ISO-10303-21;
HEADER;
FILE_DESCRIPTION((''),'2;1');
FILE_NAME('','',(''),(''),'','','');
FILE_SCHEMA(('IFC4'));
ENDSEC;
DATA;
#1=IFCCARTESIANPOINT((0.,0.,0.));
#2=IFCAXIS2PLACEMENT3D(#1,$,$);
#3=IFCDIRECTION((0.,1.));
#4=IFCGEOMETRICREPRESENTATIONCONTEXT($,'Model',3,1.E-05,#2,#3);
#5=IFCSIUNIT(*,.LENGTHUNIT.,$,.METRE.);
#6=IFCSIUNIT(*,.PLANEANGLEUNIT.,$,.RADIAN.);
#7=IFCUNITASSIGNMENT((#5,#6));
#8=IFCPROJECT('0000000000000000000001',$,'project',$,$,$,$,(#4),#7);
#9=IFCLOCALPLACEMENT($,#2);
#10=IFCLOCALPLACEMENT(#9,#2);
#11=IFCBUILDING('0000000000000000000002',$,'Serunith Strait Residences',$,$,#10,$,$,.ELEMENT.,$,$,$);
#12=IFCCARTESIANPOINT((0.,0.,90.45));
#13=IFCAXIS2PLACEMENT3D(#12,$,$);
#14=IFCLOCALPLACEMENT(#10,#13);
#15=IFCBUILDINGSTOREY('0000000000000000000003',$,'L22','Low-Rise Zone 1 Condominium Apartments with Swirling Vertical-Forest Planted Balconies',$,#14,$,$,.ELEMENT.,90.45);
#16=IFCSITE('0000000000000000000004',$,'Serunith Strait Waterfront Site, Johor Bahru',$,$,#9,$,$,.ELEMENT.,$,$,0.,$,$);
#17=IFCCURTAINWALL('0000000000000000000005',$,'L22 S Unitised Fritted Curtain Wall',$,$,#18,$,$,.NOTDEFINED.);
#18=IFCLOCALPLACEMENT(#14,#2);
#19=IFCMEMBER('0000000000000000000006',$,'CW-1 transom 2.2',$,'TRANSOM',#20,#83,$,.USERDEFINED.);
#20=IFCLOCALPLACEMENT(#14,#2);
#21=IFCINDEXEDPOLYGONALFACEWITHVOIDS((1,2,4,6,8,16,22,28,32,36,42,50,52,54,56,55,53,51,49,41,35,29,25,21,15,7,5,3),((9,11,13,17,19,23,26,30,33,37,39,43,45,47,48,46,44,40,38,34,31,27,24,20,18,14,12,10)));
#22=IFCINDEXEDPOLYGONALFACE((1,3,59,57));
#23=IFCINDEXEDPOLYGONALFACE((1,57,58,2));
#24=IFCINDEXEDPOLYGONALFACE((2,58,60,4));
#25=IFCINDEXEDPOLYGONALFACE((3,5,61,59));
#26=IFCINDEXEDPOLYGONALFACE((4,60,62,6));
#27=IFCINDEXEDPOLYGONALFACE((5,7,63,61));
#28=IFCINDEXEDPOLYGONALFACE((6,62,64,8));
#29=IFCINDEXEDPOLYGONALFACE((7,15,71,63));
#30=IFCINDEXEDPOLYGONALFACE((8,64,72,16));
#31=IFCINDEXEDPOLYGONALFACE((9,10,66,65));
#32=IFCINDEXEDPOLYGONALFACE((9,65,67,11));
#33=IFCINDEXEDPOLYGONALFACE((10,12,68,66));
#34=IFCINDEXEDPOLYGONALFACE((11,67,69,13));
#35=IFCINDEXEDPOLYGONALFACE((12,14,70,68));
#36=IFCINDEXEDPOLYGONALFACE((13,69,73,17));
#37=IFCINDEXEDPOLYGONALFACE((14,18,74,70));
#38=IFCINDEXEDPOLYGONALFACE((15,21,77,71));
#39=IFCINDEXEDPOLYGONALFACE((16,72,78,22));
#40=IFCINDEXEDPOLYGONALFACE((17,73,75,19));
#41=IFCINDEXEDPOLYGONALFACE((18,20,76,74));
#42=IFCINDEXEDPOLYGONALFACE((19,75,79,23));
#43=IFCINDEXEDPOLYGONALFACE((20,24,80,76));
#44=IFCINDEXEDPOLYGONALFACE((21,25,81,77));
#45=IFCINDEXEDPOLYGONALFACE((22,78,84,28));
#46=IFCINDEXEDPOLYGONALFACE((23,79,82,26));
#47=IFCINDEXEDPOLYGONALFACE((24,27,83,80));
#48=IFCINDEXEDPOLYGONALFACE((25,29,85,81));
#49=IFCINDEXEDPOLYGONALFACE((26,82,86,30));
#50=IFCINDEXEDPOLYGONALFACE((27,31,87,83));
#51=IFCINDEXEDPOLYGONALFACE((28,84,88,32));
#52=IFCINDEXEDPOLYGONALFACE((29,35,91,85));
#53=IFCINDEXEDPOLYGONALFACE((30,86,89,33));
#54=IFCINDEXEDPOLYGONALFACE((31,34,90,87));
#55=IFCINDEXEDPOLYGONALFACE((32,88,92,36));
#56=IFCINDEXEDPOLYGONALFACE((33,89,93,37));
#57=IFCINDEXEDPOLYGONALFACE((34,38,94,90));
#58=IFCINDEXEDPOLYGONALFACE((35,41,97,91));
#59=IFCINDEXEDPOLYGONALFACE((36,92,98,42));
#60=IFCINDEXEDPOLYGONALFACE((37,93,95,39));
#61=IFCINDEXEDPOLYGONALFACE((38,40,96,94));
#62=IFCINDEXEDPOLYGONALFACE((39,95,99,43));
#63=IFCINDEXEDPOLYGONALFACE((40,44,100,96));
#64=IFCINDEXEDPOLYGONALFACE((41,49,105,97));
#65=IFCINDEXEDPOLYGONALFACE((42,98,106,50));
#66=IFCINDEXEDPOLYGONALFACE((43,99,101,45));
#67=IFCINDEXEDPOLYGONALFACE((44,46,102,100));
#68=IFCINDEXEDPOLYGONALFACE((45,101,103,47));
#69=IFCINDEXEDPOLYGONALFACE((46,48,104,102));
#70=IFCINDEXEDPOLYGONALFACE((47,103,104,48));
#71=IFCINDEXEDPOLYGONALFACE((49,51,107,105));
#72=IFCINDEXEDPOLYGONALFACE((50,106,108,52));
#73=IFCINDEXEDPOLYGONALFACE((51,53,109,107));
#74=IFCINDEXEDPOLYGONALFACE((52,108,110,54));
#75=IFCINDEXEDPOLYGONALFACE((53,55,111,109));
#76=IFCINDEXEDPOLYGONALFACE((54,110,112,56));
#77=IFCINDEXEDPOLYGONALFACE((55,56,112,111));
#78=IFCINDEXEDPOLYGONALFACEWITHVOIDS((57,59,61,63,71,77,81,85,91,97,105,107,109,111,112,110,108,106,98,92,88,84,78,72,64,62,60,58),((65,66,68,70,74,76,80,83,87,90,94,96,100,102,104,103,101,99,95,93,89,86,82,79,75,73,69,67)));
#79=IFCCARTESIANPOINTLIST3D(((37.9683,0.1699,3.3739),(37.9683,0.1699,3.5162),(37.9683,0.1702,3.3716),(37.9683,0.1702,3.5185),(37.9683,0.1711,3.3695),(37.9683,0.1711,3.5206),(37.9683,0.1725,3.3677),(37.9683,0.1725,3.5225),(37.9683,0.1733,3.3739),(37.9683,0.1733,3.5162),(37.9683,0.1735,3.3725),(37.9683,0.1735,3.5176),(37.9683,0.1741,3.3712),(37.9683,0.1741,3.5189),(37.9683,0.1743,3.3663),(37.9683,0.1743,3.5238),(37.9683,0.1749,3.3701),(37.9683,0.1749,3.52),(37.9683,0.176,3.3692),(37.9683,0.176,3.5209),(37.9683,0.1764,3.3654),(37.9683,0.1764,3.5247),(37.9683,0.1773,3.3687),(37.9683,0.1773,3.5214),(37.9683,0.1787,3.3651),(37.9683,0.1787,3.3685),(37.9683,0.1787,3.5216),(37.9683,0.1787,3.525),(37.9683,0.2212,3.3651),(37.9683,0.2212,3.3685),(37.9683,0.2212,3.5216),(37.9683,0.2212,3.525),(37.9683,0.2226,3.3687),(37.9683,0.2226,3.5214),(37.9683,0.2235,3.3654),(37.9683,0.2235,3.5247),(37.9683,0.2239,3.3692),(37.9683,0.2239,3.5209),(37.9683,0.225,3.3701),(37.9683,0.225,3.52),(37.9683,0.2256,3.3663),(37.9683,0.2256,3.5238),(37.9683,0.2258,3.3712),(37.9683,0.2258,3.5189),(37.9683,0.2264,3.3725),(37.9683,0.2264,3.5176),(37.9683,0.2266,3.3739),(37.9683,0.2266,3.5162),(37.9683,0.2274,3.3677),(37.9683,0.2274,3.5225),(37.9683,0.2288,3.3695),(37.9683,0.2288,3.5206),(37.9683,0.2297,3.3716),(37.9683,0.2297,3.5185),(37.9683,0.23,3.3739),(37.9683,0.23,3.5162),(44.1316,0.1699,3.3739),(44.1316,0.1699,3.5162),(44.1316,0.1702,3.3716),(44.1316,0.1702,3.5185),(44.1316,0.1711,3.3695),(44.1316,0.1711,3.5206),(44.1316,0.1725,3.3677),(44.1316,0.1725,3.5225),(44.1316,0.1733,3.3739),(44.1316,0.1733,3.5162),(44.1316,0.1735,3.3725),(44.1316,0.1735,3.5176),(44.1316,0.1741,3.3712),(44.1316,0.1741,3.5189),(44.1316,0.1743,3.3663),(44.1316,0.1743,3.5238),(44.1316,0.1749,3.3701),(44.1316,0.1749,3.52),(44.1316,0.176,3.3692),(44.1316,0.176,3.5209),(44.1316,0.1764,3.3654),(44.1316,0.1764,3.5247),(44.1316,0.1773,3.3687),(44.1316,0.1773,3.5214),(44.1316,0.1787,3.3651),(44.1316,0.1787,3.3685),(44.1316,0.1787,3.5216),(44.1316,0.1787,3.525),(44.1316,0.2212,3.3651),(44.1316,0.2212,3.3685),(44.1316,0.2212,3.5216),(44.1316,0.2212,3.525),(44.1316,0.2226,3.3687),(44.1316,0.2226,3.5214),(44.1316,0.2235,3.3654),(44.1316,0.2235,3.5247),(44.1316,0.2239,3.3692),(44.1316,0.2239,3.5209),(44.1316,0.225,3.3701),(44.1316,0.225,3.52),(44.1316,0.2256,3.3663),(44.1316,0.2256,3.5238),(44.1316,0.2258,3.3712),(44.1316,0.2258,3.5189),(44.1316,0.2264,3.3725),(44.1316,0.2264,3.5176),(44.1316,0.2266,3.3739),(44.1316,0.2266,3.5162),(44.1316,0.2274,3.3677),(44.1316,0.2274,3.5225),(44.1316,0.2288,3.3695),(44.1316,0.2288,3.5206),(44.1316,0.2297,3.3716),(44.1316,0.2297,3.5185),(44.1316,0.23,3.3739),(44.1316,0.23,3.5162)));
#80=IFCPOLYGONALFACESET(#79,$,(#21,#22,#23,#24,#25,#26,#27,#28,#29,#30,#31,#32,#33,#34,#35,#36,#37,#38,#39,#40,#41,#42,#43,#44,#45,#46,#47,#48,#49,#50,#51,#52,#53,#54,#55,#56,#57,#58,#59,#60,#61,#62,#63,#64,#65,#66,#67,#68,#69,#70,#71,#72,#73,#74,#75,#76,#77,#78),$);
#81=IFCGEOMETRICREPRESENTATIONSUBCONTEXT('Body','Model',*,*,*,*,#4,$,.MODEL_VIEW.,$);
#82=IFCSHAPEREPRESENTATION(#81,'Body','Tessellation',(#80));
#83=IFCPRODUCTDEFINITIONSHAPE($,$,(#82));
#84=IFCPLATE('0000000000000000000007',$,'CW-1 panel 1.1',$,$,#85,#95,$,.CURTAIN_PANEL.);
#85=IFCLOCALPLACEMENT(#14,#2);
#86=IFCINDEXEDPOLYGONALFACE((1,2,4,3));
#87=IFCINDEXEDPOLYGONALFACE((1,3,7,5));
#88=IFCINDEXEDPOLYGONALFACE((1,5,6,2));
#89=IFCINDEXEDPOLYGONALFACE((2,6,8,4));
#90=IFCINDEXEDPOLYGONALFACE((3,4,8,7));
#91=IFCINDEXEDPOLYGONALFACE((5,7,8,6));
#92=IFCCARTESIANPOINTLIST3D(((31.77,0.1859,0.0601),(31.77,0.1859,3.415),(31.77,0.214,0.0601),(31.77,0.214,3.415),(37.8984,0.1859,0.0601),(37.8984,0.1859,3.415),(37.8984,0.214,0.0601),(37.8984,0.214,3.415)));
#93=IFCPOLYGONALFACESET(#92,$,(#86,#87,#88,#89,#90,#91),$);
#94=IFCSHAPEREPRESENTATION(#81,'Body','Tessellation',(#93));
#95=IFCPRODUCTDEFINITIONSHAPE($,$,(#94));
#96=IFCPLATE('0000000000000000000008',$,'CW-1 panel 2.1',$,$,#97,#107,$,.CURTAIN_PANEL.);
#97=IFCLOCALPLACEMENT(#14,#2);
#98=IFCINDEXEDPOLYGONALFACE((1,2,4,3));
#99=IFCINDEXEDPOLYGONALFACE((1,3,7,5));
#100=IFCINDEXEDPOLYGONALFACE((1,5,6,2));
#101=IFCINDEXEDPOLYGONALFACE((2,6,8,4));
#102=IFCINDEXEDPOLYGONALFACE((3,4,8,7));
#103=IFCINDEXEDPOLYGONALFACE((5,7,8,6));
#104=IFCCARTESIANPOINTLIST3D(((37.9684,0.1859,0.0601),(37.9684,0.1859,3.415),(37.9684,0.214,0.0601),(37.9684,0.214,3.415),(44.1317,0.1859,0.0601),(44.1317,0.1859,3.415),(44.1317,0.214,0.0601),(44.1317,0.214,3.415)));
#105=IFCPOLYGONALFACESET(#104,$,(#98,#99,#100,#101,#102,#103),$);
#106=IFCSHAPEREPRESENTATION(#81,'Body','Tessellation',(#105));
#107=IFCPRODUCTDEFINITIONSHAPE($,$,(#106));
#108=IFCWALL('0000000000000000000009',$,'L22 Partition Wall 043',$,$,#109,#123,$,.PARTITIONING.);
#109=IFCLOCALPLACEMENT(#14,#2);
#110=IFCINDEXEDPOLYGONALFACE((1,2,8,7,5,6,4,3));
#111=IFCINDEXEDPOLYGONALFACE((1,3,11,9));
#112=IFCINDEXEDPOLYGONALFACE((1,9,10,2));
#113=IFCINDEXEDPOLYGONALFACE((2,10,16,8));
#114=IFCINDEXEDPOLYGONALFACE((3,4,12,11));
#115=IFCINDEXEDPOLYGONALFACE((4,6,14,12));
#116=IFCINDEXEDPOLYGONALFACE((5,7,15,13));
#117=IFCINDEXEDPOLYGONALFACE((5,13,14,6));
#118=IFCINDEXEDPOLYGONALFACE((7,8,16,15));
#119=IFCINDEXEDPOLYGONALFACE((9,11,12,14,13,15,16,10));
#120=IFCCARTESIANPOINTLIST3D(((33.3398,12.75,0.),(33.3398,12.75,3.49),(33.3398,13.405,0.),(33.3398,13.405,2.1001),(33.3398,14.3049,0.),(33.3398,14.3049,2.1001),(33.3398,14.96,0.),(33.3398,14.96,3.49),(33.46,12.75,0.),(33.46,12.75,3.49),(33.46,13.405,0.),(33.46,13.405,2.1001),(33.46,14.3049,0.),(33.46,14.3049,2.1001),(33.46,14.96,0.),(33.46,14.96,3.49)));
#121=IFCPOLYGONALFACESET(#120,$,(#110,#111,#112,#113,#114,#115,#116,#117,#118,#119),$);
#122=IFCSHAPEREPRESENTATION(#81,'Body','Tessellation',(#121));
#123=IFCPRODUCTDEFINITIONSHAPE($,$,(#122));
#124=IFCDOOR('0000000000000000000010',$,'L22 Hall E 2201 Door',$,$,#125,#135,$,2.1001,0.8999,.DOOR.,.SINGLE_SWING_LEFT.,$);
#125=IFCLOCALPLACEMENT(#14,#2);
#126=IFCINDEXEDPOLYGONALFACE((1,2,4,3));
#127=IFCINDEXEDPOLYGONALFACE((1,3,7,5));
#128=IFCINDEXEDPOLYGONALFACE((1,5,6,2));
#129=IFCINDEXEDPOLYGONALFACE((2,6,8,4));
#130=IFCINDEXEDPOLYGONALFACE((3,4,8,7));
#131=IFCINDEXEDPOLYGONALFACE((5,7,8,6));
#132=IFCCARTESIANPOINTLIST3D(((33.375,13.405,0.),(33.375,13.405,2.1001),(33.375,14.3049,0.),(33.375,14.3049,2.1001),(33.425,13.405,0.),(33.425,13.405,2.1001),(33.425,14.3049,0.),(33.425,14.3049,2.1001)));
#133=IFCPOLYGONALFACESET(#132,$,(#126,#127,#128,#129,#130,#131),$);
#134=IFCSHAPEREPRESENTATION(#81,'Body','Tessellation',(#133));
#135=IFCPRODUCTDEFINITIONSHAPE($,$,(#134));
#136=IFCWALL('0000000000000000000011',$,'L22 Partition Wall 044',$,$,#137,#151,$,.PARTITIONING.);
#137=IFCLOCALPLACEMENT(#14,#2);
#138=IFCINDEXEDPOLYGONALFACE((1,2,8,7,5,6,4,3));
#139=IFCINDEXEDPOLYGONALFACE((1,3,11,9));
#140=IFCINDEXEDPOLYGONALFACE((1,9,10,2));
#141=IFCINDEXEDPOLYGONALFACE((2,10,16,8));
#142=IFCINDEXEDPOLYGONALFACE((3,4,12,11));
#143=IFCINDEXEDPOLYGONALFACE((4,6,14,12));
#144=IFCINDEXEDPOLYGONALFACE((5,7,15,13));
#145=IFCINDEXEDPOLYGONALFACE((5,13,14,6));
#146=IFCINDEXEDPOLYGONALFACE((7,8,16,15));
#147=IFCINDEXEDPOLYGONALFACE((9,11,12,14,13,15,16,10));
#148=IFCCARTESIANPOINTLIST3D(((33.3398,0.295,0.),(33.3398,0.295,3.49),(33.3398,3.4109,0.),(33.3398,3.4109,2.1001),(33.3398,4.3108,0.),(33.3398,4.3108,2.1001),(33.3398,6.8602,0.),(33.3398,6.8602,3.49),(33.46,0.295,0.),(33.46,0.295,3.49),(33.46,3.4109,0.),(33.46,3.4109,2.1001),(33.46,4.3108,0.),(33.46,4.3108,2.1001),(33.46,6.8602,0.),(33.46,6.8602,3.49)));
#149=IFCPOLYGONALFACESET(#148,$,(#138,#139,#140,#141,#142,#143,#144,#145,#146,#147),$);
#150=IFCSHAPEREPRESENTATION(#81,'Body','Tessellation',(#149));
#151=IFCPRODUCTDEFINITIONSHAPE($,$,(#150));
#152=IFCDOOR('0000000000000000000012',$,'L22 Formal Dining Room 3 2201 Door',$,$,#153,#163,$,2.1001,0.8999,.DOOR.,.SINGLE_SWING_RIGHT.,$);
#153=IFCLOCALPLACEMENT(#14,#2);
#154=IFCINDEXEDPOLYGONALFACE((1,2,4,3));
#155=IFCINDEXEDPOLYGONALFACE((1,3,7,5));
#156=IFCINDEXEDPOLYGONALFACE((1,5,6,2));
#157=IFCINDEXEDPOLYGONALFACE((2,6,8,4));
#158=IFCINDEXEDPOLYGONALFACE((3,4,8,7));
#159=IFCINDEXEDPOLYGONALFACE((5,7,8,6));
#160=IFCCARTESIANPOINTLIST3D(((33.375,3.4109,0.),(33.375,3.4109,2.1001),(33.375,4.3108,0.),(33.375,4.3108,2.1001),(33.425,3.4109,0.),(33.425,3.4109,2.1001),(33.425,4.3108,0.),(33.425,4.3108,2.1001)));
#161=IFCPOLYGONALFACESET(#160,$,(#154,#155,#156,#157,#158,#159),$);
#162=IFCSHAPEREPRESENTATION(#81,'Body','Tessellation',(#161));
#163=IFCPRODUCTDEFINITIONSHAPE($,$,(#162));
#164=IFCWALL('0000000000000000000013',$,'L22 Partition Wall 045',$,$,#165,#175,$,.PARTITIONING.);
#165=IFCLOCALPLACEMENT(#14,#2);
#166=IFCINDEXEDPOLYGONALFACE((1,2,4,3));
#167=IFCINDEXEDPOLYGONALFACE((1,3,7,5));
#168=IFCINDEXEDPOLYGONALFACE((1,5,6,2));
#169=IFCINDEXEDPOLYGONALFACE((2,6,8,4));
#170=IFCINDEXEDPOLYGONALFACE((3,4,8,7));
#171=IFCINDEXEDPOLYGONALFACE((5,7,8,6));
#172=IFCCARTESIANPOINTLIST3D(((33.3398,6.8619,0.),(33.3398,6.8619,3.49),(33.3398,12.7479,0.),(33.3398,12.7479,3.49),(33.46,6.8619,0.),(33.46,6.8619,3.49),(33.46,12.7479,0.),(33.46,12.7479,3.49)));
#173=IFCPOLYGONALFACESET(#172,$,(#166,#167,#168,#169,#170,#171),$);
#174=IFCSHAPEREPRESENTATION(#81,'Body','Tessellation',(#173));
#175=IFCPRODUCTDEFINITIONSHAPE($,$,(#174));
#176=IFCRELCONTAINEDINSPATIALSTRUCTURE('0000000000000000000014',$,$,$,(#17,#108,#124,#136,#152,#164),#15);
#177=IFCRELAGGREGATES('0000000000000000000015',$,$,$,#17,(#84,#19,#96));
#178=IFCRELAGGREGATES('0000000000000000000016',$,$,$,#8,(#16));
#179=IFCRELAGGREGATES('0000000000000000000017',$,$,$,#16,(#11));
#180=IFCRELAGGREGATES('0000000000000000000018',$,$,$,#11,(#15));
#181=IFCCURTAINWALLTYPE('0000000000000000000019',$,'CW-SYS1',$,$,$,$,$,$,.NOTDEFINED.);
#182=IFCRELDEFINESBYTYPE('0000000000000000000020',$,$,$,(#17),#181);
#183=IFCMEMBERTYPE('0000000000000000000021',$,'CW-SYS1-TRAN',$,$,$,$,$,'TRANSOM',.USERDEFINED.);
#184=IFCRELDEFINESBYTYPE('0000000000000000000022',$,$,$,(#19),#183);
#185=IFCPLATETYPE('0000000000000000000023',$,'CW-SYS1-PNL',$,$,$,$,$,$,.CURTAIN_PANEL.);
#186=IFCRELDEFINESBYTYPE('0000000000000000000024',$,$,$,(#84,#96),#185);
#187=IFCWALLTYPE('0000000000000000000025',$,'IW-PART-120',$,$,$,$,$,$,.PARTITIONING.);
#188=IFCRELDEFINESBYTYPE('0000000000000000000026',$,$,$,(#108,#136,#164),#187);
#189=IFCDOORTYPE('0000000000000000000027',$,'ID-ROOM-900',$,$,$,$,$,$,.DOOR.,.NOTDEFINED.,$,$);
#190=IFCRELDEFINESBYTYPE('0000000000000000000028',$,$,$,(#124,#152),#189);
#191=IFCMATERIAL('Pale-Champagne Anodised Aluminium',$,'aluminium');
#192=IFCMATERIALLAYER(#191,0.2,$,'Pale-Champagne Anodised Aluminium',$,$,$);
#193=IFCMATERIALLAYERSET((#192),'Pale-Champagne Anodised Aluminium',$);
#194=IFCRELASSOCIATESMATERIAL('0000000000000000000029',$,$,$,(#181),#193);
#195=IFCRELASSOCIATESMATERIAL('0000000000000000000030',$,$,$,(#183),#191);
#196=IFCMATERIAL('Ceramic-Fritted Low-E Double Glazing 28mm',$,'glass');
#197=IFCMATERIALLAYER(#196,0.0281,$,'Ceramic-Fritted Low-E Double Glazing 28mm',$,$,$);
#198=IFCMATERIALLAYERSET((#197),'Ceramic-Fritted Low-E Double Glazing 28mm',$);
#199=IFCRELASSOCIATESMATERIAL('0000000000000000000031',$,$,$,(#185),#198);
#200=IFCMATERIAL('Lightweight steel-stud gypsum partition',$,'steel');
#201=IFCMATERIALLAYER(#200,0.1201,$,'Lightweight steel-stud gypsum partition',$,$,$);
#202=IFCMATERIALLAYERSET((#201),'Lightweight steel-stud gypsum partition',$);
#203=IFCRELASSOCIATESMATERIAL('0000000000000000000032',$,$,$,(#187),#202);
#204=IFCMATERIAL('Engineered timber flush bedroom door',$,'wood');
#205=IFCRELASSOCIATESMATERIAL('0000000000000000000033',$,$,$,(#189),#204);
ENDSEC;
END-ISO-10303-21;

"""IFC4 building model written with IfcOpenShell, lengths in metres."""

from ifc_helpers import new_model, si_unit, direction, frame, frame_2d, origin, origin_2d, place, context, subcontext, project, spatial, rectangle, hollow_rectangle, extrude, source, transform, mapped, material, layer, layer_set, material_profile, profile_set, type_object, element, fill, aggregate, save


model = new_model("IFC4")

# Units and contexts
model_context = context("Model", 3, precision=1e-05, world=origin(), true_north=direction((0.0, 1.0)))
body_context = subcontext(model_context, "Body", "Model", "MODEL_VIEW")
ifc_project = project(units=[si_unit("LENGTHUNIT", "METRE"), si_unit("PLANEANGLEUNIT", "RADIAN")], contexts=[model_context])

# Site, building, storey
site_placement = place(None, origin())
site = spatial("IfcSite", under=ifc_project, at=site_placement, Name="Serunith Strait Waterfront Site, Johor Bahru", CompositionType="ELEMENT", RefElevation=0.0)
building_placement = place(site_placement, origin())
building = spatial("IfcBuilding", under=site, at=building_placement, Name="Serunith Strait Residences", CompositionType="ELEMENT")
storey_placement = place(building_placement, frame((0.0, 0.0, 90.45)))
storey = spatial("IfcBuildingStorey", under=building, at=storey_placement, Name="L22", Description="Low-Rise Zone 1 Condominium Apartments with Swirling Vertical-Forest Planted Balconies", CompositionType="ELEMENT", Elevation=90.45)

# Curtain wall, member, plates
ifc_material_1 = material(Name="Pale-Champagne Anodised Aluminium", Category="aluminium")
ifc_layer_1 = layer(ifc_material_1, 0.2, Name="Pale-Champagne Anodised Aluminium")
ifc_layer_set_1 = layer_set([ifc_layer_1], Name="Pale-Champagne Anodised Aluminium")
curtain_wall_type = type_object("IfcCurtainWallType", Name="CW-SYS1", PredefinedType="NOTDEFINED", material=ifc_layer_set_1)
curtain_wall_placement = place(storey_placement, origin())
curtain_wall = element("IfcCurtainWall", 1, at=curtain_wall_placement, inside=storey, type_object=curtain_wall_type, Name="L22 S Unitised Fritted Curtain Wall", PredefinedType="NOTDEFINED")
ifc_material_profile_1 = material_profile(ifc_material_1, hollow_rectangle(XDim=0.0601, YDim=0.1599, WallThickness=0.0034, InnerFilletRadius=0.0054, OuterFilletRadius=0.0088, at=origin_2d()), Name="ALU 160x60x3.5")
ifc_profile_set_1 = profile_set([ifc_material_profile_1], Name="Pale-Champagne Anodised Aluminium")
member_type_1 = type_object("IfcMemberType", Name="CW-SYS1-TRAN", ElementType="TRANSOM", PredefinedType="USERDEFINED", material=ifc_profile_set_1)
shared_shape_1 = source(origin(), body_context, "Body", "SweptSolid", [
    extrude(hollow_rectangle(XDim=0.0601, YDim=0.1599, WallThickness=0.0034, InnerFilletRadius=0.0054, OuterFilletRadius=0.0088, at=origin_2d()), origin(), (0.0, 0.0, 1.0), 6.1633),
])
member_1_placement = place(storey_placement, frame((37.9683, 0.2, 3.4451), z_axis=(1.0, 0.0, 0.0), x_axis=(0.0, 1.0, 0.0)))
member_1 = element("IfcMember", 2, at=member_1_placement, type_object=member_type_1, Name="CW-1 transom 2.2", ObjectType="TRANSOM", PredefinedType="USERDEFINED", context=body_context, shape_type="MappedRepresentation", body=[
    mapped(shared_shape_1, transform((0.0, 0.0, 0.0), scale=1.0)),
])
ifc_material_2 = material(Name="Ceramic-Fritted Low-E Double Glazing 28mm", Category="glass")
ifc_layer_2 = layer(ifc_material_2, 0.0281, Name="Ceramic-Fritted Low-E Double Glazing 28mm")
ifc_layer_set_2 = layer_set([ifc_layer_2], Name="Ceramic-Fritted Low-E Double Glazing 28mm")
plate_type = type_object("IfcPlateType", Name="CW-SYS1-PNL", PredefinedType="CURTAIN_PANEL", material=ifc_layer_set_2)
shared_shape_2 = source(origin(), body_context, "Body", "SweptSolid", [
    extrude(rectangle(XDim=6.1284, YDim=0.0281, at=origin_2d()), origin(), (0.0, 0.0, 1.0), 3.355),
])
plate_1_placement = place(storey_placement, frame((34.8342, 0.2, 0.0601), z_axis=(0.0, 0.0, 1.0), x_axis=(1.0, 0.0, 0.0)))
plate_1 = element("IfcPlate", 3, at=plate_1_placement, type_object=plate_type, Name="CW-1 panel 1.1", PredefinedType="CURTAIN_PANEL", context=body_context, shape_type="MappedRepresentation", body=[
    mapped(shared_shape_2, transform((0.0, 0.0, 0.0), scale=1.0)),
])
shared_shape_3 = source(origin(), body_context, "Body", "SweptSolid", [
    extrude(rectangle(XDim=6.1633, YDim=0.0281, at=origin_2d()), origin(), (0.0, 0.0, 1.0), 3.355),
])
plate_2_placement = place(storey_placement, frame((41.05, 0.2, 0.0601), z_axis=(0.0, 0.0, 1.0), x_axis=(1.0, 0.0, 0.0)))
plate_2 = element("IfcPlate", 4, at=plate_2_placement, type_object=plate_type, Name="CW-1 panel 2.1", PredefinedType="CURTAIN_PANEL", context=body_context, shape_type="MappedRepresentation", body=[
    mapped(shared_shape_3, transform((0.0, 0.0, 0.0), scale=1.0)),
])
aggregate(curtain_wall, [plate_1, member_1, plate_2])

# Walls, openings, doors
ifc_material_3 = material(Name="Lightweight steel-stud gypsum partition", Category="steel")
ifc_layer_3 = layer(ifc_material_3, 0.1201, Name="Lightweight steel-stud gypsum partition")
ifc_layer_set_3 = layer_set([ifc_layer_3], Name="Lightweight steel-stud gypsum partition")
wall_type = type_object("IfcWallType", Name="IW-PART-120", PredefinedType="PARTITIONING", material=ifc_layer_set_3)
wall_1_placement = place(storey_placement, frame((33.3999, 12.75, 0.0), z_axis=(0.0, 0.0, 1.0), x_axis=(0.0, 1.0, 0.0)))
wall_1 = element("IfcWall", 5, at=wall_1_placement, inside=storey, type_object=wall_type, Name="L22 Partition Wall 043", PredefinedType="PARTITIONING", context=body_context, shape_type="SweptSolid", body=[
    extrude(rectangle(XDim=2.21, YDim=0.1201, at=frame_2d((1.105, 0.0))), origin(), (0.0, 0.0, 1.0), 3.49),
])
opening_1_placement = place(wall_1_placement, frame((0.655, 0.0, 0.0)))
opening_1 = element("IfcOpeningElement", 6, at=opening_1_placement, cuts=wall_1, PredefinedType="OPENING", context=body_context, shape_type="SweptSolid", body=[
    extrude(rectangle(XDim=0.8999, YDim=2.1001, at=frame_2d((0.45, 1.05))), frame((0.0, 0.0701, 0.0), z_axis=(0.0, -1.0, 0.0), x_axis=(1.0, 0.0, 0.0)), (0.0, 0.0, 1.0), 0.1401),
])
ifc_material_4 = material(Name="Engineered timber flush bedroom door", Category="wood")
door_type_1 = type_object("IfcDoorType", Name="ID-ROOM-900", OperationType="NOTDEFINED", PredefinedType="DOOR", material=ifc_material_4)
shared_shape_4 = source(origin(), body_context, "Body", "SweptSolid", [
    extrude(rectangle(XDim=0.8999, YDim=2.1001, at=frame_2d((0.45, 1.05))), frame((0.0, 0.0249, 0.0), z_axis=(0.0, -1.0, 0.0), x_axis=(1.0, 0.0, 0.0)), (0.0, 0.0, 1.0), 0.05),
])
door_1_placement = place(opening_1_placement, origin())
door_1 = element("IfcDoor", 7, at=door_1_placement, inside=storey, type_object=door_type_1, Name="L22 Hall E 2201 Door", OperationType="SINGLE_SWING_LEFT", OverallHeight=2.1001, OverallWidth=0.8999, PredefinedType="DOOR", context=body_context, shape_type="MappedRepresentation", body=[
    mapped(shared_shape_4, transform((0.0, 0.0, 0.0), scale=1.0)),
])
fill(opening_1, door_1)
wall_2_placement = place(storey_placement, frame((33.3999, 0.2949, 0.0), z_axis=(0.0, 0.0, 1.0), x_axis=(0.0, 1.0, 0.0)))
wall_2 = element("IfcWall", 8, at=wall_2_placement, inside=storey, type_object=wall_type, Name="L22 Partition Wall 044", PredefinedType="PARTITIONING", context=body_context, shape_type="SweptSolid", body=[
    extrude(rectangle(XDim=6.5652, YDim=0.1201, at=frame_2d((3.2827, 0.0))), origin(), (0.0, 0.0, 1.0), 3.49),
])
opening_2_placement = place(wall_2_placement, frame((3.116, 0.0, 0.0)))
opening_2 = element("IfcOpeningElement", 9, at=opening_2_placement, cuts=wall_2, PredefinedType="OPENING", context=body_context, shape_type="SweptSolid", body=[
    extrude(rectangle(XDim=0.8999, YDim=2.1001, at=frame_2d((0.45, 1.05))), frame((0.0, 0.0701, 0.0), z_axis=(0.0, -1.0, 0.0), x_axis=(1.0, 0.0, 0.0)), (0.0, 0.0, 1.0), 0.1401),
])
door_2_placement = place(opening_2_placement, origin())
door_2 = element("IfcDoor", 10, at=door_2_placement, inside=storey, type_object=door_type_1, Name="L22 Formal Dining Room 3 2201 Door", OperationType="SINGLE_SWING_RIGHT", OverallHeight=2.1001, OverallWidth=0.8999, PredefinedType="DOOR", context=body_context, shape_type="MappedRepresentation", body=[
    mapped(shared_shape_4, transform((0.0, 0.0, 0.0), scale=1.0)),
])
fill(opening_2, door_2)

# Wall
wall_3_placement = place(storey_placement, frame((33.3999, 6.8621, 0.0), z_axis=(0.0, 0.0, 1.0), x_axis=(0.0, 1.0, 0.0)))
element("IfcWall", 11, at=wall_3_placement, inside=storey, type_object=wall_type, Name="L22 Partition Wall 045", PredefinedType="PARTITIONING", context=body_context, shape_type="SweptSolid", body=[
    extrude(rectangle(XDim=5.886, YDim=0.1201, at=frame_2d((2.9429, 0.0))), origin(), (0.0, 0.0, 1.0), 3.49),
])

save(model, "model.ifc")
